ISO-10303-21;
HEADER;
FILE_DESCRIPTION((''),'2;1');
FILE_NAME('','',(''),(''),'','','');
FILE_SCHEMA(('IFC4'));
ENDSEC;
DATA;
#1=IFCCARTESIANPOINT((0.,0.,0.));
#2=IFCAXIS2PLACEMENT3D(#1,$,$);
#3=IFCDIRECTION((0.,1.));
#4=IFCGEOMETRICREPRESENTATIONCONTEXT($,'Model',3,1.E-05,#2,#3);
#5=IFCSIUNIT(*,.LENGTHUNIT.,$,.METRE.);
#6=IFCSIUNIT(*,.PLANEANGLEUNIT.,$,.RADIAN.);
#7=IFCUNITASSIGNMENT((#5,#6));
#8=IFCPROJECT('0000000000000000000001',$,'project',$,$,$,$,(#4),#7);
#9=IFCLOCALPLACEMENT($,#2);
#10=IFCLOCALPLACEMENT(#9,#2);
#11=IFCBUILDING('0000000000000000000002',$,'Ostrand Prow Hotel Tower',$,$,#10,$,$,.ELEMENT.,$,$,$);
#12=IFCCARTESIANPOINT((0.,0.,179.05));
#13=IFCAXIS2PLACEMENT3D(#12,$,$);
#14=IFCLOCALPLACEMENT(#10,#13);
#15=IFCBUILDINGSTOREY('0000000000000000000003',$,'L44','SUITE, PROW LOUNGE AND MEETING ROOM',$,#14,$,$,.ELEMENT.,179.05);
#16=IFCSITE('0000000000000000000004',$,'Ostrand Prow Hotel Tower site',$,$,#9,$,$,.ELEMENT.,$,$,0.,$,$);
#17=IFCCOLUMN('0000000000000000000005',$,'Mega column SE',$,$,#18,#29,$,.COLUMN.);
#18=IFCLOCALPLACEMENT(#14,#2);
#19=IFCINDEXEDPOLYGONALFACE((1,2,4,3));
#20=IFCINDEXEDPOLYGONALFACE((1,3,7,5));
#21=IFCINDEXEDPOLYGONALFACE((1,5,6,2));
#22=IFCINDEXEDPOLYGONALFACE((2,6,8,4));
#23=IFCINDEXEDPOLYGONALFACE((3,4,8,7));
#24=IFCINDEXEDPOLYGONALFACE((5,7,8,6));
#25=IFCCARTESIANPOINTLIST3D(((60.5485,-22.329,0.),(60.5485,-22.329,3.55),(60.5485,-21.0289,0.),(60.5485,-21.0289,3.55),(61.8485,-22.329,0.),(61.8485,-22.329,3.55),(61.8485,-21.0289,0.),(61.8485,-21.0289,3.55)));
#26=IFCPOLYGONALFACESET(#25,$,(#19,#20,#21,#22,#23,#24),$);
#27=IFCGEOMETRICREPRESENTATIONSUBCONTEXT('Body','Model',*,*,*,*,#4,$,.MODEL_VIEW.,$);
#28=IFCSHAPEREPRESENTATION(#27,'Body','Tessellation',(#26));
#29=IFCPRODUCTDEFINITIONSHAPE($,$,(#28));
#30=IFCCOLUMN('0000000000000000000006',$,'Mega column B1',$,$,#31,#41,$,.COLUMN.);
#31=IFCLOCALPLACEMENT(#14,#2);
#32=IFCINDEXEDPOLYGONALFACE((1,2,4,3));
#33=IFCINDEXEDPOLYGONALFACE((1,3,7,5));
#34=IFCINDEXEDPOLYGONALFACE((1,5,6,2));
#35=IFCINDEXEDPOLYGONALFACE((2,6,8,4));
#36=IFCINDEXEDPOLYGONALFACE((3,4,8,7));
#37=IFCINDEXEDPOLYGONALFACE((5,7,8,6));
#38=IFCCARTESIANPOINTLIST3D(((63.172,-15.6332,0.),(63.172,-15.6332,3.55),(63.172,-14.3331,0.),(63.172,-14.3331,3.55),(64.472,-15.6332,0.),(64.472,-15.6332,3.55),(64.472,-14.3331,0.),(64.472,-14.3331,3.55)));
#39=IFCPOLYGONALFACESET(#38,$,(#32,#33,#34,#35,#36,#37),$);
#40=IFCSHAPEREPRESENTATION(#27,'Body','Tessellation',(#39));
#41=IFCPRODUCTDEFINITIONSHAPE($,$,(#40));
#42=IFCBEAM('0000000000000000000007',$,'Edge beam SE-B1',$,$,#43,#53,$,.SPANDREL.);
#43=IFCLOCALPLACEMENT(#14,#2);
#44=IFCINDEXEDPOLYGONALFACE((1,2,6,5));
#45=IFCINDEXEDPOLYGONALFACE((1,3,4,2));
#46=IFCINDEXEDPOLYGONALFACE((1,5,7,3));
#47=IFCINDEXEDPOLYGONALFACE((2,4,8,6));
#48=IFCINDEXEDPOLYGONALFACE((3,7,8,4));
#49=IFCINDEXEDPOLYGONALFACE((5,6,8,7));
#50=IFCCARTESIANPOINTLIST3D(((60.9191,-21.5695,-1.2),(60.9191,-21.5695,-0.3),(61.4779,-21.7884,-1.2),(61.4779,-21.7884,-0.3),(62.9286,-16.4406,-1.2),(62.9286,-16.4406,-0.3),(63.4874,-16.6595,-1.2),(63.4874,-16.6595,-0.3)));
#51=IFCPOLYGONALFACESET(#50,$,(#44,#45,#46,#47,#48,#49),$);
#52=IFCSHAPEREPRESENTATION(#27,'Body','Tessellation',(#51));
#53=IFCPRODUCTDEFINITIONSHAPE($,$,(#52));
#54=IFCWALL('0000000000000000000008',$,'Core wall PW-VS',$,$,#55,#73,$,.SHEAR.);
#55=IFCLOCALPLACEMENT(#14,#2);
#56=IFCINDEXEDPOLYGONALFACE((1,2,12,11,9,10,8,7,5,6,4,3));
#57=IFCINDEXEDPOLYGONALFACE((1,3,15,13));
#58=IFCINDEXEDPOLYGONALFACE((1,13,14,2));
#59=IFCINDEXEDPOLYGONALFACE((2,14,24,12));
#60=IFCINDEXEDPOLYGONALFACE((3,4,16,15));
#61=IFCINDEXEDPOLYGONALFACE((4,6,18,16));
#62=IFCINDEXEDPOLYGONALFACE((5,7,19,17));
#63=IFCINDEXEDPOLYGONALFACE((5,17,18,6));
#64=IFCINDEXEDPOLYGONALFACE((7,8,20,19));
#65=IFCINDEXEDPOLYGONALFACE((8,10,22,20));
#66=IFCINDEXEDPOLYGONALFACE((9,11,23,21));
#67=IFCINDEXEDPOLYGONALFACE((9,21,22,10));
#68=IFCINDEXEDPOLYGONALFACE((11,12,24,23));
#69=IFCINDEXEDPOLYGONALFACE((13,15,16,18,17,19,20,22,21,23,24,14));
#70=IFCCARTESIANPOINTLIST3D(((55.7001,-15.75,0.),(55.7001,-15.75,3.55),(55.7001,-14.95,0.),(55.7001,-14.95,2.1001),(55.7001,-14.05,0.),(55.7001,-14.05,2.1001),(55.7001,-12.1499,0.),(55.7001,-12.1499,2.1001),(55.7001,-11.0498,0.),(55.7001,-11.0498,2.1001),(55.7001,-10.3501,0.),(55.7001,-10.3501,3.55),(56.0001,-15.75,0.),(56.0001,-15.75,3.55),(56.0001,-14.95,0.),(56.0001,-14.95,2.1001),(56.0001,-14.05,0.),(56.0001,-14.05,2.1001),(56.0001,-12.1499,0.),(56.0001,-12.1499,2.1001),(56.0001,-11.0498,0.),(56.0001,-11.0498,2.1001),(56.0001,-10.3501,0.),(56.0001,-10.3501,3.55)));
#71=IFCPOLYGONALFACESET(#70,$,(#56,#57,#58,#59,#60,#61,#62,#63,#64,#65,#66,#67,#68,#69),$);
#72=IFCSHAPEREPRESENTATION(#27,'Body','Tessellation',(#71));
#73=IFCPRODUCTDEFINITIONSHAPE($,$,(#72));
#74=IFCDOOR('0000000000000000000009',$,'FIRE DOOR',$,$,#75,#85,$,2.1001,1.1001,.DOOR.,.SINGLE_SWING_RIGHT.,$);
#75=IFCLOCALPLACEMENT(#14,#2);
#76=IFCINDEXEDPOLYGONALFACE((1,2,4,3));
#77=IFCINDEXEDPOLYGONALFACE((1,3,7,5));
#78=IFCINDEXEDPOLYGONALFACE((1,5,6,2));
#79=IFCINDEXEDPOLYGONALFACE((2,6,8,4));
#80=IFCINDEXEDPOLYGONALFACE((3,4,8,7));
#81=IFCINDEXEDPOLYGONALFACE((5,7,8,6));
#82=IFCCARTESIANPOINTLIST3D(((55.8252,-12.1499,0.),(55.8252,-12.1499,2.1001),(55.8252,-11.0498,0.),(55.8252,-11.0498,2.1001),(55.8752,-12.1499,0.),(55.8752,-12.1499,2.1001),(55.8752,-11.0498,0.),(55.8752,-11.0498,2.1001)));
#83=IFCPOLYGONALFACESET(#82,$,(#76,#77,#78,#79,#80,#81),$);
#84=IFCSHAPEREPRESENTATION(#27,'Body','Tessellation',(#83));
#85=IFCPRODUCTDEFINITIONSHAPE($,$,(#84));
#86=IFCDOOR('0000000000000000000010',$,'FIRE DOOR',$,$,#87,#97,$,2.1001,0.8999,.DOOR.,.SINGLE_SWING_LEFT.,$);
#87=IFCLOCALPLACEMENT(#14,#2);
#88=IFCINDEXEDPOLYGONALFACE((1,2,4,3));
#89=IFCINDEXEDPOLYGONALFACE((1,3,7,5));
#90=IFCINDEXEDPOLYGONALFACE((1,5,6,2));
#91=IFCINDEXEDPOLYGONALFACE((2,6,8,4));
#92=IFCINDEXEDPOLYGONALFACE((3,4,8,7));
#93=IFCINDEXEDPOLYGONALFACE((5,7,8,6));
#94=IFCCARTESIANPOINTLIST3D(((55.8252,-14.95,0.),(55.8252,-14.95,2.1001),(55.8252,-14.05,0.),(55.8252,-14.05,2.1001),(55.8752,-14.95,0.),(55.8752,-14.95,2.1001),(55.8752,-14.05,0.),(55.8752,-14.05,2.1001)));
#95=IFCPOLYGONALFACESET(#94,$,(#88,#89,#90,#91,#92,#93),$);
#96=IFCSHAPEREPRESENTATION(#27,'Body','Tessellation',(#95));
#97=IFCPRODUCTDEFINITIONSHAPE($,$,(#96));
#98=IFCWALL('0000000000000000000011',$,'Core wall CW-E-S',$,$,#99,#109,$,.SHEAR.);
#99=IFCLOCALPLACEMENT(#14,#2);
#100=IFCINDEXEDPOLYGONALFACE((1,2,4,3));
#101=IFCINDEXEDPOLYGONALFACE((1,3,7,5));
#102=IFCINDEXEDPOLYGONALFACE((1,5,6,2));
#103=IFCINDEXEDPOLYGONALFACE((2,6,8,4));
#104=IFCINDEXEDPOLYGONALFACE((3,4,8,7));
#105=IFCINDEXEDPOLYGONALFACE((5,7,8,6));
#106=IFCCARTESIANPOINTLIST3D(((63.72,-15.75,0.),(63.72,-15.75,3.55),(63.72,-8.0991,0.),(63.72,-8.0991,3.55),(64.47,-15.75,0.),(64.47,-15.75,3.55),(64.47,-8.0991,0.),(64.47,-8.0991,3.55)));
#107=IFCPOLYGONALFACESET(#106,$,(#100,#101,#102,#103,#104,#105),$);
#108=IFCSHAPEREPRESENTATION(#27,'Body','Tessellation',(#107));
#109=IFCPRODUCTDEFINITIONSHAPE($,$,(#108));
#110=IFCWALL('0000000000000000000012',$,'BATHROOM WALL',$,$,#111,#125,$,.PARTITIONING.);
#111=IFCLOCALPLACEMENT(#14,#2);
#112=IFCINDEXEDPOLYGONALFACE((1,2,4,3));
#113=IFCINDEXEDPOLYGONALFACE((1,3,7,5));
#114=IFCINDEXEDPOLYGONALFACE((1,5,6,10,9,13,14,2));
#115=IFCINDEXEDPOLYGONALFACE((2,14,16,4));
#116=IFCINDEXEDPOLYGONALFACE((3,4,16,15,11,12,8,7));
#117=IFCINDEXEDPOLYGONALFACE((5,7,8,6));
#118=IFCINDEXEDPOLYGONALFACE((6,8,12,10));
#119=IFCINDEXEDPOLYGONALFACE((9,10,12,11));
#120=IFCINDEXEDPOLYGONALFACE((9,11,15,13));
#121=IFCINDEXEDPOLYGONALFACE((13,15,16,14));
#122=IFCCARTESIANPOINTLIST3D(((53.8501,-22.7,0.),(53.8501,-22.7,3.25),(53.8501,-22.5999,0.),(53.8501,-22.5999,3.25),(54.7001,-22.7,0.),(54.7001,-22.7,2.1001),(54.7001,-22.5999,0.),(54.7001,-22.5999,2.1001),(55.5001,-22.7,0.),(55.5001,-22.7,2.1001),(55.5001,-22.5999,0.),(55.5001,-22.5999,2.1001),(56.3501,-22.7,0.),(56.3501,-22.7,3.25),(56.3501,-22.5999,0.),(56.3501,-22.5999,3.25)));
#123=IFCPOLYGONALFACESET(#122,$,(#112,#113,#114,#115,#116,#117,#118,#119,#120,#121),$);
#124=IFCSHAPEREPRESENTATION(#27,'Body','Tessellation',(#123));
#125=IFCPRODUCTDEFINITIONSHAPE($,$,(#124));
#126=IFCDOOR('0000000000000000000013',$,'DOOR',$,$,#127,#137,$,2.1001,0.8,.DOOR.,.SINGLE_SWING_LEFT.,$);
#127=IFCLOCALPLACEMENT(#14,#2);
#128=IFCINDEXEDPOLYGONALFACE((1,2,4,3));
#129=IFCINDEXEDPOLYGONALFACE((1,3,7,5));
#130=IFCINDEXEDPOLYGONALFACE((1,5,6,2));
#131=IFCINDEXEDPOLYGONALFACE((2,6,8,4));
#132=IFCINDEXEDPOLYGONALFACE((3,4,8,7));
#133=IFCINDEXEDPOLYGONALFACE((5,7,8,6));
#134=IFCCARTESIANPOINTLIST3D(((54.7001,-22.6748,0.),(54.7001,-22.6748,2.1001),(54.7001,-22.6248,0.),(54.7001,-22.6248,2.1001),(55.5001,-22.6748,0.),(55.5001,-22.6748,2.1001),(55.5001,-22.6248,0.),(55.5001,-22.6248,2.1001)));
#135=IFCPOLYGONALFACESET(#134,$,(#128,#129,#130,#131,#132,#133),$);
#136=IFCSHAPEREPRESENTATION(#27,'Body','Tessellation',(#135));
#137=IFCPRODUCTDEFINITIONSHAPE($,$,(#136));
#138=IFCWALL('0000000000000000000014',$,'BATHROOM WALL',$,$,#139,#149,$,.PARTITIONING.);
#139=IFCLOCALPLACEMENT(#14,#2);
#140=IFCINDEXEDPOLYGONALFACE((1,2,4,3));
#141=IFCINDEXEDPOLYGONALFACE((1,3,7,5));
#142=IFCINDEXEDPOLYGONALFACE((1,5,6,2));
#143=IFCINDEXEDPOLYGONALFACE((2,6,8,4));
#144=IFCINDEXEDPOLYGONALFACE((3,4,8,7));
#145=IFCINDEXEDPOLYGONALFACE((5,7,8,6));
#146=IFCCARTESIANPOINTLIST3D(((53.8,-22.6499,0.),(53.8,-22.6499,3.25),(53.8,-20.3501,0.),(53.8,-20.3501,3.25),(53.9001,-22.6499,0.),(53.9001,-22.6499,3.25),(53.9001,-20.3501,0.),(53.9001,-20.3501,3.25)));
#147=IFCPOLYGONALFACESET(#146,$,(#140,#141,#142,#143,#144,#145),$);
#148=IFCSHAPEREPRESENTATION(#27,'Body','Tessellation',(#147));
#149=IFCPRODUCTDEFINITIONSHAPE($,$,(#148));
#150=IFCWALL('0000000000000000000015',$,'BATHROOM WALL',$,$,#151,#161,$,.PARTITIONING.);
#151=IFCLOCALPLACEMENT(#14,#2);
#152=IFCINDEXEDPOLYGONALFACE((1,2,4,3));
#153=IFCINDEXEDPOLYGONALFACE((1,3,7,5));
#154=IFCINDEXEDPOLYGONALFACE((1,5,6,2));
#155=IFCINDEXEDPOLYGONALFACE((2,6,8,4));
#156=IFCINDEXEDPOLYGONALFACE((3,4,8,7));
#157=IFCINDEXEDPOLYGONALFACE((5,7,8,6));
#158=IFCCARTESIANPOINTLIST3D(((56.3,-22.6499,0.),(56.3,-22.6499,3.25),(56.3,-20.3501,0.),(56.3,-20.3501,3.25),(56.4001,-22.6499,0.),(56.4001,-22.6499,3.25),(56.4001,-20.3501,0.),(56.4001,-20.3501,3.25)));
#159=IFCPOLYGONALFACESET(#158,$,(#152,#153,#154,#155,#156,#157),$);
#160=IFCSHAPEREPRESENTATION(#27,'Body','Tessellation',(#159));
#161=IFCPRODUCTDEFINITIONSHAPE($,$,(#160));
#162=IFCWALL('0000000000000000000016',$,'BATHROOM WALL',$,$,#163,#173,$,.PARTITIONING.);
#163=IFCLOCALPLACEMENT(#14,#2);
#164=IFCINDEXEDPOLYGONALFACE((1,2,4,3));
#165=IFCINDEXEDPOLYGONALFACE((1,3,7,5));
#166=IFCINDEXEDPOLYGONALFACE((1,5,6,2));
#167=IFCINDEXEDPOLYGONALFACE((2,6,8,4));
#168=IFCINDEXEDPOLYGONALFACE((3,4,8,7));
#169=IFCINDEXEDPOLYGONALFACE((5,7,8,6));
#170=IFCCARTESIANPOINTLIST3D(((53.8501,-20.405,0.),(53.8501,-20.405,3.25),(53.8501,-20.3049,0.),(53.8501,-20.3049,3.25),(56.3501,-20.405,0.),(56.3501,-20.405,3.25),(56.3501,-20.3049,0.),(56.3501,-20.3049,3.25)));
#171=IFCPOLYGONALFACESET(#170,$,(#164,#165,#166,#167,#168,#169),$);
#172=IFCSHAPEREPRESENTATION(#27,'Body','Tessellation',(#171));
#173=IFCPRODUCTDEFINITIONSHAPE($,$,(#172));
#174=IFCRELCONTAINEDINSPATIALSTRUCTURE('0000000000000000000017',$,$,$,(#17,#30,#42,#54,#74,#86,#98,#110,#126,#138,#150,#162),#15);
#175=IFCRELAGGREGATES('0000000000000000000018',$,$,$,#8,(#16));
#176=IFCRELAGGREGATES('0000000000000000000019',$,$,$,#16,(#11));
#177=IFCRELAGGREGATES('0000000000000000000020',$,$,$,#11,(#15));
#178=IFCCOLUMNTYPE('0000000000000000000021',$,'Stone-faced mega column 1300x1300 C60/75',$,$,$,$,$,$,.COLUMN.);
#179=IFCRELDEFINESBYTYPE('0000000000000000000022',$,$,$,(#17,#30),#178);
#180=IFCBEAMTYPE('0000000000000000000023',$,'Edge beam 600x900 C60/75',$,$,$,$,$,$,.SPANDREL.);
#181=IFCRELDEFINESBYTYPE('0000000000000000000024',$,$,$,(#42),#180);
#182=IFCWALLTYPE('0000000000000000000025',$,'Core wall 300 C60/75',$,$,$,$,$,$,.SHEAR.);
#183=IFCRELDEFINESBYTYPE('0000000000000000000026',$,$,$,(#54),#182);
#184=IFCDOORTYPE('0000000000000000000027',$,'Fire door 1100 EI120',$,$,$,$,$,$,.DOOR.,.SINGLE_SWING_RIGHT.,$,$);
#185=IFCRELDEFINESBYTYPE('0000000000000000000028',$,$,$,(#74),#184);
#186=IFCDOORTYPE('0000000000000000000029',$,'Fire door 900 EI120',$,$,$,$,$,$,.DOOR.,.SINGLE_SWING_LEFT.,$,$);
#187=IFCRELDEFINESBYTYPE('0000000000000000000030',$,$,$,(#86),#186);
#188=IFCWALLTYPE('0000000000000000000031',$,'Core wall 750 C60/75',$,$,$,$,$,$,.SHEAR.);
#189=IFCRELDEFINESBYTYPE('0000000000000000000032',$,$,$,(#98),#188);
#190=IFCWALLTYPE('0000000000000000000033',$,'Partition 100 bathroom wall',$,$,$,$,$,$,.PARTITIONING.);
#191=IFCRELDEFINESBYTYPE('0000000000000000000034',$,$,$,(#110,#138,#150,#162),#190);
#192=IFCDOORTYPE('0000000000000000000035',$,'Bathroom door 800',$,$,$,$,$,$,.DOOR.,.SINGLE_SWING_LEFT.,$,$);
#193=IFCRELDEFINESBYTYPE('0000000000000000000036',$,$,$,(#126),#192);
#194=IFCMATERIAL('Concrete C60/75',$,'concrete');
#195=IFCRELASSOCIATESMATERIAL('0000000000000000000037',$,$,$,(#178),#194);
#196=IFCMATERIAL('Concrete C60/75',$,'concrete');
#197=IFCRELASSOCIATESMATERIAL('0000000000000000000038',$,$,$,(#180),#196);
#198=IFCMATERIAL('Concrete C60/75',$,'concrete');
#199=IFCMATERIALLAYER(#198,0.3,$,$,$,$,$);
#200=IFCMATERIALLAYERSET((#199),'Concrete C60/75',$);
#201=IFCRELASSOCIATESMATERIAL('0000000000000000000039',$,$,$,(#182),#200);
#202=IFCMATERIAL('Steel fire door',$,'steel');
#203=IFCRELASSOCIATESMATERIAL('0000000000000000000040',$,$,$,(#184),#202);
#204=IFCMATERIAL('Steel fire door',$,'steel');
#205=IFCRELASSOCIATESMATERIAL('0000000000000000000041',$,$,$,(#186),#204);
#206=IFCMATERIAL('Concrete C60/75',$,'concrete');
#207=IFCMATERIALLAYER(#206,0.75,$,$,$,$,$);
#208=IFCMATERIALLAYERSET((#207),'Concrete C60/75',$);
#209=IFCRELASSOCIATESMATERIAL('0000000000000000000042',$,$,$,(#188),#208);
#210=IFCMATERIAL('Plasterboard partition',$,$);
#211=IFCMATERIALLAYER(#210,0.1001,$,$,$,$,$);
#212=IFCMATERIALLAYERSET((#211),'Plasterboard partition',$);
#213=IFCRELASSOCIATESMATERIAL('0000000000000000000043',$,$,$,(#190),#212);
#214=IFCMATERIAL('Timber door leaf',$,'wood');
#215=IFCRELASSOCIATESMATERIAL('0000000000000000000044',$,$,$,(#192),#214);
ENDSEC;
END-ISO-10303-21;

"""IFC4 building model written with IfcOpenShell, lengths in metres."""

from ifc_helpers import new_model, si_unit, direction, frame, frame_2d, origin, origin_2d, place, context, subcontext, project, spatial, rectangle, extrude, material, layer, layer_set, material_profile, profile_set, type_object, element, fill, save


model = new_model("IFC4")

# Units and contexts
model_context = context("Model", 3, precision=1e-05, world=origin(), true_north=direction((0.0, 1.0)))
body_context = subcontext(model_context, "Body", "Model", "MODEL_VIEW")
ifc_project = project(units=[si_unit("LENGTHUNIT", "METRE"), si_unit("PLANEANGLEUNIT", "RADIAN")], contexts=[model_context])

# Site, building, storey
site_placement = place(None, origin())
site = spatial("IfcSite", under=ifc_project, at=site_placement, Name="Ostrand Prow Hotel Tower site", CompositionType="ELEMENT", RefElevation=0.0)
building_placement = place(site_placement, origin())
building = spatial("IfcBuilding", under=site, at=building_placement, Name="Ostrand Prow Hotel Tower", CompositionType="ELEMENT")
storey_placement = place(building_placement, frame((0.0, 0.0, 179.05)))
storey = spatial("IfcBuildingStorey", under=building, at=storey_placement, Name="L44", Description="SUITE, PROW LOUNGE AND MEETING ROOM", CompositionType="ELEMENT", Elevation=179.05)

# Columns
ifc_material_1 = material(Name="Concrete C60/75", Category="concrete")
ifc_material_profile_1 = material_profile(ifc_material_1, rectangle(XDim=1.3, YDim=1.3, at=origin_2d()), Name="RC 1300x1300")
ifc_profile_set_1 = profile_set([ifc_material_profile_1], Name="Concrete C60/75")
column_type = type_object("IfcColumnType", Name="Stone-faced mega column 1300x1300 C60/75", PredefinedType="COLUMN", material=ifc_profile_set_1)
for number, where, z_axis, x_axis, name in (
    (1, (61.1985, -21.679, 0.0), (0.0, 0.0, 1.0), (1.0, 0.0, 0.0), "Mega column SE"),
    (2, (63.822, -14.9832, 0.0), (0.0, 0.0, 1.0), (1.0, 0.0, 0.0), "Mega column B1"),
):
    element("IfcColumn", number, at=place(storey_placement, frame(where, z_axis=z_axis, x_axis=x_axis)), inside=storey, type_object=column_type, Name=name, PredefinedType="COLUMN", context=body_context, shape_type="SweptSolid", body=[
        extrude(rectangle(XDim=1.3, YDim=1.3, at=origin_2d()), origin(), (0.0, 0.0, 1.0), 3.55),
    ])

# Beam
ifc_material_2 = material(Name="Concrete C60/75", Category="concrete")
ifc_material_profile_2 = material_profile(ifc_material_2, rectangle(XDim=0.6001, YDim=0.8999, at=origin_2d()), Name="RC 600x900")
ifc_profile_set_2 = profile_set([ifc_material_profile_2], Name="Concrete C60/75")
beam_type = type_object("IfcBeamType", Name="Edge beam 600x900 C60/75", PredefinedType="SPANDREL", material=ifc_profile_set_2)
beam_placement = place(storey_placement, frame((61.1985, -21.679, -0.75), z_axis=(0.364802, 0.931085, 0.0), x_axis=(-0.931085, 0.364802, 0.0)))
element("IfcBeam", 3, at=beam_placement, inside=storey, type_object=beam_type, Name="Edge beam SE-B1", PredefinedType="SPANDREL", context=body_context, shape_type="SweptSolid", body=[
    extrude(rectangle(XDim=0.6001, YDim=0.8999, at=origin_2d()), origin(), (0.0, 0.0, 1.0), 5.5085),
])

# Wall, openings, doors
ifc_material_3 = material(Name="Concrete C60/75", Category="concrete")
ifc_layer_1 = layer(ifc_material_3, 0.3)
ifc_layer_set_1 = layer_set([ifc_layer_1], Name="Concrete C60/75")
wall_type_1 = type_object("IfcWallType", Name="Core wall 300 C60/75", PredefinedType="SHEAR", material=ifc_layer_set_1)
wall_1_placement = place(storey_placement, frame((55.8501, -15.75, 0.0), z_axis=(0.0, 0.0, 1.0), x_axis=(0.0, 1.0, 0.0)))
wall_1 = element("IfcWall", 4, at=wall_1_placement, inside=storey, type_object=wall_type_1, Name="Core wall PW-VS", PredefinedType="SHEAR", context=body_context, shape_type="SweptSolid", body=[
    extrude(rectangle(XDim=5.3999, YDim=0.3, at=frame_2d((2.7, 0.0))), origin(), (0.0, 0.0, 1.0), 3.55),
])
opening_1_placement = place(wall_1_placement, frame((3.6001, 0.0, 0.0)))
opening_1 = element("IfcOpeningElement", 5, at=opening_1_placement, cuts=wall_1, PredefinedType="OPENING", context=body_context, shape_type="SweptSolid", body=[
    extrude(rectangle(XDim=1.1001, YDim=2.1001, at=frame_2d((0.55, 1.05))), frame((0.0, 0.1599, 0.0), z_axis=(0.0, -1.0, 0.0), x_axis=(1.0, 0.0, 0.0)), (0.0, 0.0, 1.0), 0.3201),
])
opening_2_placement = place(wall_1_placement, frame((0.8, 0.0, 0.0)))
opening_2 = element("IfcOpeningElement", 6, at=opening_2_placement, cuts=wall_1, PredefinedType="OPENING", context=body_context, shape_type="SweptSolid", body=[
    extrude(rectangle(XDim=0.8999, YDim=2.1001, at=frame_2d((0.45, 1.05))), frame((0.0, 0.1599, 0.0), z_axis=(0.0, -1.0, 0.0), x_axis=(1.0, 0.0, 0.0)), (0.0, 0.0, 1.0), 0.3201),
])
ifc_material_4 = material(Name="Steel fire door", Category="steel")
door_type_1 = type_object("IfcDoorType", Name="Fire door 1100 EI120", OperationType="SINGLE_SWING_RIGHT", PredefinedType="DOOR", material=ifc_material_4)
door_1_placement = place(opening_1_placement, origin())
door_1 = element("IfcDoor", 7, at=door_1_placement, inside=storey, type_object=door_type_1, Name="FIRE DOOR", OperationType="SINGLE_SWING_RIGHT", OverallHeight=2.1001, OverallWidth=1.1001, PredefinedType="DOOR", context=body_context, shape_type="SweptSolid", body=[
    extrude(rectangle(XDim=1.1001, YDim=2.1001, at=frame_2d((0.55, 1.05))), frame((0.0, 0.0249, 0.0), z_axis=(0.0, -1.0, 0.0), x_axis=(1.0, 0.0, 0.0)), (0.0, 0.0, 1.0), 0.05),
])
fill(opening_1, door_1)
ifc_material_5 = material(Name="Steel fire door", Category="steel")
door_type_2 = type_object("IfcDoorType", Name="Fire door 900 EI120", OperationType="SINGLE_SWING_LEFT", PredefinedType="DOOR", material=ifc_material_5)
door_2_placement = place(opening_2_placement, origin())
door_2 = element("IfcDoor", 8, at=door_2_placement, inside=storey, type_object=door_type_2, Name="FIRE DOOR", OperationType="SINGLE_SWING_LEFT", OverallHeight=2.1001, OverallWidth=0.8999, PredefinedType="DOOR", context=body_context, shape_type="SweptSolid", body=[
    extrude(rectangle(XDim=0.8999, YDim=2.1001, at=frame_2d((0.45, 1.05))), frame((0.0, 0.0249, 0.0), z_axis=(0.0, -1.0, 0.0), x_axis=(1.0, 0.0, 0.0)), (0.0, 0.0, 1.0), 0.05),
])
fill(opening_2, door_2)

# Wall
ifc_material_6 = material(Name="Concrete C60/75", Category="concrete")
ifc_layer_2 = layer(ifc_material_6, 0.75)
ifc_layer_set_2 = layer_set([ifc_layer_2], Name="Concrete C60/75")
wall_type_2 = type_object("IfcWallType", Name="Core wall 750 C60/75", PredefinedType="SHEAR", material=ifc_layer_set_2)
wall_2_placement = place(storey_placement, frame((64.095, -15.75, 0.0), z_axis=(0.0, 0.0, 1.0), x_axis=(0.0, 1.0, 0.0)))
element("IfcWall", 9, at=wall_2_placement, inside=storey, type_object=wall_type_2, Name="Core wall CW-E-S", PredefinedType="SHEAR", context=body_context, shape_type="SweptSolid", body=[
    extrude(rectangle(XDim=7.6509, YDim=0.75, at=frame_2d((3.8254, 0.0))), origin(), (0.0, 0.0, 1.0), 3.55),
])

# Wall, opening, door
ifc_material_7 = material(Name="Plasterboard partition")
ifc_layer_3 = layer(ifc_material_7, 0.1001)
ifc_layer_set_3 = layer_set([ifc_layer_3], Name="Plasterboard partition")
wall_type_3 = type_object("IfcWallType", Name="Partition 100 bathroom wall", PredefinedType="PARTITIONING", material=ifc_layer_set_3)
wall_3_placement = place(storey_placement, frame((56.3501, -22.6499, 0.0), z_axis=(0.0, 0.0, 1.0), x_axis=(-1.0, 0.0, 0.0)))
wall_3 = element("IfcWall", 10, at=wall_3_placement, inside=storey, type_object=wall_type_3, Name="BATHROOM WALL", PredefinedType="PARTITIONING", context=body_context, shape_type="SweptSolid", body=[
    extrude(rectangle(XDim=2.5, YDim=0.1001, at=frame_2d((1.25, 0.0))), origin(), (0.0, 0.0, 1.0), 3.25),
])
opening_3_placement = place(wall_3_placement, frame((0.8501, 0.0, 0.0)))
opening_3 = element("IfcOpeningElement", 11, at=opening_3_placement, cuts=wall_3, PredefinedType="OPENING", context=body_context, shape_type="SweptSolid", body=[
    extrude(rectangle(XDim=0.8, YDim=2.1001, at=frame_2d((0.3999, 1.05))), frame((0.0, 0.0601, 0.0), z_axis=(0.0, -1.0, 0.0), x_axis=(1.0, 0.0, 0.0)), (0.0, 0.0, 1.0), 0.1201),
])
ifc_material_8 = material(Name="Timber door leaf", Category="wood")
door_type_3 = type_object("IfcDoorType", Name="Bathroom door 800", OperationType="SINGLE_SWING_LEFT", PredefinedType="DOOR", material=ifc_material_8)
door_3_placement = place(opening_3_placement, origin())
door_3 = element("IfcDoor", 12, at=door_3_placement, inside=storey, type_object=door_type_3, Name="DOOR", OperationType="SINGLE_SWING_LEFT", OverallHeight=2.1001, OverallWidth=0.8, PredefinedType="DOOR", context=body_context, shape_type="SweptSolid", body=[
    extrude(rectangle(XDim=0.8, YDim=2.1001, at=frame_2d((0.3999, 1.05))), frame((0.0, 0.0249, 0.0), z_axis=(0.0, -1.0, 0.0), x_axis=(1.0, 0.0, 0.0)), (0.0, 0.0, 1.0), 0.05),
])
fill(opening_3, door_3)

# Walls
for number, where, z_axis, x_axis, name in (
    (13, (53.8501, -22.6499, 0.0), (0.0, 0.0, 1.0), (0.0, 1.0, 0.0), "BATHROOM WALL"),
    (14, (56.3501, -20.3501, 0.0), (0.0, 0.0, 1.0), (0.0, -1.0, 0.0), "BATHROOM WALL"),
):
    element("IfcWall", number, at=place(storey_placement, frame(where, z_axis=z_axis, x_axis=x_axis)), inside=storey, type_object=wall_type_3, Name=name, PredefinedType="PARTITIONING", context=body_context, shape_type="SweptSolid", body=[
        extrude(rectangle(XDim=2.2998, YDim=0.1001, at=frame_2d((1.1499, 0.0))), origin(), (0.0, 0.0, 1.0), 3.25),
    ])
wall_4_placement = place(storey_placement, frame((53.8501, -20.355, 0.0), z_axis=(0.0, 0.0, 1.0), x_axis=(1.0, 0.0, 0.0)))
element("IfcWall", 15, at=wall_4_placement, inside=storey, type_object=wall_type_3, Name="BATHROOM WALL", PredefinedType="PARTITIONING", context=body_context, shape_type="SweptSolid", body=[
    extrude(rectangle(XDim=2.5, YDim=0.1001, at=frame_2d((1.25, 0.0))), origin(), (0.0, 0.0, 1.0), 3.25),
])

save(model, "model.ifc")
